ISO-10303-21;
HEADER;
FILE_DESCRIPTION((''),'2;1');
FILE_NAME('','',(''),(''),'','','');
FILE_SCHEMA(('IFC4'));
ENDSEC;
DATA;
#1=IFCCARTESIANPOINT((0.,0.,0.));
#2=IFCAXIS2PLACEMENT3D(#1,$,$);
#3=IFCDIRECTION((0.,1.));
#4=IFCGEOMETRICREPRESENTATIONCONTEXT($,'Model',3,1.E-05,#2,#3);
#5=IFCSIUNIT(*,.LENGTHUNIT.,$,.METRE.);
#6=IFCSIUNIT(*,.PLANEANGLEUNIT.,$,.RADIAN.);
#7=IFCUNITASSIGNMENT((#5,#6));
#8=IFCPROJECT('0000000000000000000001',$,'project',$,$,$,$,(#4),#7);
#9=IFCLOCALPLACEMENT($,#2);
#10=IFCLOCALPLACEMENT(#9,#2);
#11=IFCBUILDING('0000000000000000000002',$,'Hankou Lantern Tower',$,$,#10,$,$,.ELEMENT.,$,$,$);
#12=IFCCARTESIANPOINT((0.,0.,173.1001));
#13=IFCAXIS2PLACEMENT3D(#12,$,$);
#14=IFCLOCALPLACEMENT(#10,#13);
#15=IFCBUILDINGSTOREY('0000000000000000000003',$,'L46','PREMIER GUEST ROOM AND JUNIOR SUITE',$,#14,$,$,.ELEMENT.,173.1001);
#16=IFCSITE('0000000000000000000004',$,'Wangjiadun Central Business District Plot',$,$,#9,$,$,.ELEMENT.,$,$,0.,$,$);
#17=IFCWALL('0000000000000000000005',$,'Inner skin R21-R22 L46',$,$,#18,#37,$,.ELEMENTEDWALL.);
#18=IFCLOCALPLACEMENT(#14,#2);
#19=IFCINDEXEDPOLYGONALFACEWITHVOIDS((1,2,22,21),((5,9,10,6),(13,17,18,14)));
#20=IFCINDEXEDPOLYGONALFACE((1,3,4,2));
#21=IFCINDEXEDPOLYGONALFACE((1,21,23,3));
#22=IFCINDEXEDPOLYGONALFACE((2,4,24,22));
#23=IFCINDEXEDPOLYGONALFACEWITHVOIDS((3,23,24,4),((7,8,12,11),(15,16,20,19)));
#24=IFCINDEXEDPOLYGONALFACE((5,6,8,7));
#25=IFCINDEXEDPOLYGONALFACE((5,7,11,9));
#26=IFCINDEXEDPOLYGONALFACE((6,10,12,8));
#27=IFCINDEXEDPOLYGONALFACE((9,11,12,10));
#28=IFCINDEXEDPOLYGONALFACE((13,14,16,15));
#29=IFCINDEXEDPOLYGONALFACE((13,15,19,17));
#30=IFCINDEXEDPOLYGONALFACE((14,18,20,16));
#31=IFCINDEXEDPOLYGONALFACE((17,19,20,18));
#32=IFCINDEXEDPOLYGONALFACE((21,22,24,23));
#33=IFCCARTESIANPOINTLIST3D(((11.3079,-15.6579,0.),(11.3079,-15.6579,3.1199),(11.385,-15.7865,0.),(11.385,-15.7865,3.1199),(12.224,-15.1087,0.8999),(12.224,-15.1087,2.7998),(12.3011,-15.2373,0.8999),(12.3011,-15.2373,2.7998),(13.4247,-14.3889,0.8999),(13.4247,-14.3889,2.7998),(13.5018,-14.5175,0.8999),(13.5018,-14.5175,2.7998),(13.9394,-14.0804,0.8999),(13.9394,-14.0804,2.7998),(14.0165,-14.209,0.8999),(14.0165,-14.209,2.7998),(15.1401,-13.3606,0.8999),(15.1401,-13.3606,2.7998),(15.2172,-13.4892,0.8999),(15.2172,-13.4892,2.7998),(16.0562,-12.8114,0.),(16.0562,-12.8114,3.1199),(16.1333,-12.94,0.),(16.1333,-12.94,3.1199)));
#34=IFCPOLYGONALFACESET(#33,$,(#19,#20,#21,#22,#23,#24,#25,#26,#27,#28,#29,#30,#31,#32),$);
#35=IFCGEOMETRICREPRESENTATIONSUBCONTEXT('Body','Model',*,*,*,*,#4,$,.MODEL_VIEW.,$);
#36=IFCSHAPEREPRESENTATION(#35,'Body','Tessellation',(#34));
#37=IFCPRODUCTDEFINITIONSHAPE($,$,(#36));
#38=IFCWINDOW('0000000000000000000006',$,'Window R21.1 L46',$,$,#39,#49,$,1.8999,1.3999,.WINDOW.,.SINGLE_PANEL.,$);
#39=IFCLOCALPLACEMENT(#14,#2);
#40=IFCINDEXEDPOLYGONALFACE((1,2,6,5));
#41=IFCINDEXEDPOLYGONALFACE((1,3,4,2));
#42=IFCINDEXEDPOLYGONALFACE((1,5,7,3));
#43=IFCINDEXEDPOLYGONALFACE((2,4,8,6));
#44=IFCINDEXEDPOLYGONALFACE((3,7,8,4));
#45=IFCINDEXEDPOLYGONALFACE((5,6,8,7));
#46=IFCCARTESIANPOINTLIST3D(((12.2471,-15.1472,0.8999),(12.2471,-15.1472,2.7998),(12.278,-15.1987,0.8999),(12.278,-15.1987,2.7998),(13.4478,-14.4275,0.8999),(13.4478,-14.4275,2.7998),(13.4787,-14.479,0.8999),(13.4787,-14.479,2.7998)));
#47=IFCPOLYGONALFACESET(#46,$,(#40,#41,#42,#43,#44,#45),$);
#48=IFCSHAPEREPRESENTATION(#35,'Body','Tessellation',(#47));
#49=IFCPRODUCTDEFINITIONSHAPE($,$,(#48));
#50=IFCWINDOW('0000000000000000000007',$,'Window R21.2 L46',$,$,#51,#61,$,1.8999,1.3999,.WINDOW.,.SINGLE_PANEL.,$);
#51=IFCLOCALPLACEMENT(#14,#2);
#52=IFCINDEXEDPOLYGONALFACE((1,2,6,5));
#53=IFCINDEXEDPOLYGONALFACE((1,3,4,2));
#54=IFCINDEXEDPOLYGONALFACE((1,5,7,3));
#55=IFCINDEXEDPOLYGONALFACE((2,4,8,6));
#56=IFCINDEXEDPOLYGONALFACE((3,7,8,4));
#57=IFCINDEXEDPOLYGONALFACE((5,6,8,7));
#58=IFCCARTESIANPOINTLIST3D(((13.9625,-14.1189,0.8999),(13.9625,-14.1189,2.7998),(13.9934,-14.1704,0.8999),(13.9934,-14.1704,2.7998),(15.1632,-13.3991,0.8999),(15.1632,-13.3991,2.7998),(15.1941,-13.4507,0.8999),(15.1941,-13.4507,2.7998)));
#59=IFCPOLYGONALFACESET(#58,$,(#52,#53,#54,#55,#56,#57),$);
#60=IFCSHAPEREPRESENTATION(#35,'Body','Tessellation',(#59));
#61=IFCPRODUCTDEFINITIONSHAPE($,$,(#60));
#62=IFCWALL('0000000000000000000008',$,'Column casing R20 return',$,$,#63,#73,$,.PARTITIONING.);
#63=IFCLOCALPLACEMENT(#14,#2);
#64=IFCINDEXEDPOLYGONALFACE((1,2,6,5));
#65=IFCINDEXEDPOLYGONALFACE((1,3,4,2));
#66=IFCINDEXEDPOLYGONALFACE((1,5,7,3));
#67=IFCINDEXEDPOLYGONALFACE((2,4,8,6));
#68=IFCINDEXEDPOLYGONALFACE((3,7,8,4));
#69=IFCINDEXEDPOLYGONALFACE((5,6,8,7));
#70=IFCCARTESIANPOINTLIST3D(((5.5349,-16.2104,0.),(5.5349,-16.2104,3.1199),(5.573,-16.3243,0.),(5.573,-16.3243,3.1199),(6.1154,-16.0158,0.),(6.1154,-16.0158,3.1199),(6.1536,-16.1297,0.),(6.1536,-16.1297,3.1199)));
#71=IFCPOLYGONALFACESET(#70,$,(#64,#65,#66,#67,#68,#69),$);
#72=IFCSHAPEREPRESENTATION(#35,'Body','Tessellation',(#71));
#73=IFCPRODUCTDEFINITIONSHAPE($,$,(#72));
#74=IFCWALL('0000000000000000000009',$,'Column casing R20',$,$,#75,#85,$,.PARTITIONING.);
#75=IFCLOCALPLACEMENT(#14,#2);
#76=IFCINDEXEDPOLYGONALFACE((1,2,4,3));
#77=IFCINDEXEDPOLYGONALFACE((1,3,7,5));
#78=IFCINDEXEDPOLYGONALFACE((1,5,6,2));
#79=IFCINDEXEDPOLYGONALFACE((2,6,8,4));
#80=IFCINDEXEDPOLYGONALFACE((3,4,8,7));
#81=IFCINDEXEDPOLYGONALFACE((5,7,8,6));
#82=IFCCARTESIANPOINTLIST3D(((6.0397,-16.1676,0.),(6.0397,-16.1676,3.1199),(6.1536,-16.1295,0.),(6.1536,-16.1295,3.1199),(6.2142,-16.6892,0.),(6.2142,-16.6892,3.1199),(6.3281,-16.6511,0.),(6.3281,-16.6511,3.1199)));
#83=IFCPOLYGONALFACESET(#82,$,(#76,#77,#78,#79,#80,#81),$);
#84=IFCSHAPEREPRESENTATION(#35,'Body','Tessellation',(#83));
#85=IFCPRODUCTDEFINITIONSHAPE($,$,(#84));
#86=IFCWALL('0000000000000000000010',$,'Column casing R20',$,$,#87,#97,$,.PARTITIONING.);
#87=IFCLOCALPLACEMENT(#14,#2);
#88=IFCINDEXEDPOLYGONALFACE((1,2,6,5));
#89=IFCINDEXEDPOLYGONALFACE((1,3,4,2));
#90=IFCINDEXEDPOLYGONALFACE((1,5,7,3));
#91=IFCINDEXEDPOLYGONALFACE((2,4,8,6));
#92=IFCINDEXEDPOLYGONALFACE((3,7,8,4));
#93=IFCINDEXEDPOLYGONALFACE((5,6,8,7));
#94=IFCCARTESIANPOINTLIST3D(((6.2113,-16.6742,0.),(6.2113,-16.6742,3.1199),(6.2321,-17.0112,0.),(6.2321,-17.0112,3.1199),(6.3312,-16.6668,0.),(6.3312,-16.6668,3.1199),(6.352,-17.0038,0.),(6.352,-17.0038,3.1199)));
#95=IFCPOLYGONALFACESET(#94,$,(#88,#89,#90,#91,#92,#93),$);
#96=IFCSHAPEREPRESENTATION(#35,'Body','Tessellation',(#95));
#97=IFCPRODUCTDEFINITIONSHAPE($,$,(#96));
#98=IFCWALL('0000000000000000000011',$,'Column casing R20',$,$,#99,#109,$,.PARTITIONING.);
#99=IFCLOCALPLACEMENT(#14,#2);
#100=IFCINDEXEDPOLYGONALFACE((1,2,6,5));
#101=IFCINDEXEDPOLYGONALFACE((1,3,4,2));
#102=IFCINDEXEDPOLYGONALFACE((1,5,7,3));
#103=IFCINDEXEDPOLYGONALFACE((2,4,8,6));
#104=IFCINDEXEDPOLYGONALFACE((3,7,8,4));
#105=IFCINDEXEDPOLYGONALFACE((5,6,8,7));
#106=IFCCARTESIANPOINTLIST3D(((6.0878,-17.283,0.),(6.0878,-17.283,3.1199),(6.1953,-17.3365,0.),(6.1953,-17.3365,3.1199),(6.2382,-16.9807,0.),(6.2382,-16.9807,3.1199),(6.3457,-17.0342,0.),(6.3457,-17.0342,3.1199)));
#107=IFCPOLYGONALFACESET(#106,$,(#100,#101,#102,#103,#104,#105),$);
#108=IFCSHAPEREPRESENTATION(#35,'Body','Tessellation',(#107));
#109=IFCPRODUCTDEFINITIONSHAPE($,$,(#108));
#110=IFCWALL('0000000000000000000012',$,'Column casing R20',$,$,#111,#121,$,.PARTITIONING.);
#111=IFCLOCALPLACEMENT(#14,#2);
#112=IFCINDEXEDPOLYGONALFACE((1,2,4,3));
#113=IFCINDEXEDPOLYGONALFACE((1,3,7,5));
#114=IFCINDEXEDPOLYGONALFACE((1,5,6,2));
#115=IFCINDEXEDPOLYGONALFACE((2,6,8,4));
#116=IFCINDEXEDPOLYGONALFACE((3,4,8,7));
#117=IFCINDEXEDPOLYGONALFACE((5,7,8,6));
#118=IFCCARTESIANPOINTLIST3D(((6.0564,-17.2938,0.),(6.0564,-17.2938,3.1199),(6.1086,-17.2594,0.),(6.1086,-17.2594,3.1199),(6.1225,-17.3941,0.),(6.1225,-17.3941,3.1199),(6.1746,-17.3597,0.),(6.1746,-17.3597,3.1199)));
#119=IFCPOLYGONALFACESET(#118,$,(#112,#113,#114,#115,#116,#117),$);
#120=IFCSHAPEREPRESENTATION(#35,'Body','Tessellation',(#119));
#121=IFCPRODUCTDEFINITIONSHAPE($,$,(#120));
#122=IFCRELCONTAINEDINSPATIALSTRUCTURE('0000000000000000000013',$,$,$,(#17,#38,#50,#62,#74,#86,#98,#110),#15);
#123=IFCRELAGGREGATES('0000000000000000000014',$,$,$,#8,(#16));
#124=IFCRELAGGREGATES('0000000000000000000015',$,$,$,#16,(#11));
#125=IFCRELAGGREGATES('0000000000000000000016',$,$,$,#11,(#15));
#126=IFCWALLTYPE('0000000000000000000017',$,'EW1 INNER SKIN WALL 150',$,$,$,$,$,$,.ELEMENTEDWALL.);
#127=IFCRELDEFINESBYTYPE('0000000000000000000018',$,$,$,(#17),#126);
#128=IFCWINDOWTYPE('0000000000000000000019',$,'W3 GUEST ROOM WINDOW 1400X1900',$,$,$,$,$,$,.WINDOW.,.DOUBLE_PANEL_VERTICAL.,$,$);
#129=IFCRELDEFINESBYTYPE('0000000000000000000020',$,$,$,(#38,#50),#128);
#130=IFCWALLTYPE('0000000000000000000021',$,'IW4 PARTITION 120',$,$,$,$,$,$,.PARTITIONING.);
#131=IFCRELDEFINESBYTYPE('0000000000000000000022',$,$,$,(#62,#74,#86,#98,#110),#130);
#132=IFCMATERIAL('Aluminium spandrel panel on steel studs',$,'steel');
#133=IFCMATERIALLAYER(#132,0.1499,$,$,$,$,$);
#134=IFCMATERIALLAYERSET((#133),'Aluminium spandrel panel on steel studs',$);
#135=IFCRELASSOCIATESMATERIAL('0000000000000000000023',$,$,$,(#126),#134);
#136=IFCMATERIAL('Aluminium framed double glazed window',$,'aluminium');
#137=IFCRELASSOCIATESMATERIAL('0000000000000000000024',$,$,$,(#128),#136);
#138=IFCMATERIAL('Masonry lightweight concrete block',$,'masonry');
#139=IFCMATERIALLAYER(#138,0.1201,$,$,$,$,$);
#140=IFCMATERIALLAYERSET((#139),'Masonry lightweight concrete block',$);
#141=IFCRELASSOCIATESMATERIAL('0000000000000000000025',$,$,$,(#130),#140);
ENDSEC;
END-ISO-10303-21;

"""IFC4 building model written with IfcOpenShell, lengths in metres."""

from ifc_helpers import new_model, si_unit, direction, frame, frame_2d, origin, place, context, subcontext, project, spatial, rectangle, extrude, material, layer, layer_set, type_object, element, fill, save


model = new_model("IFC4")

# Units and contexts
model_context = context("Model", 3, precision=1e-05, world=origin(), true_north=direction((0.0, 1.0)))
body_context = subcontext(model_context, "Body", "Model", "MODEL_VIEW")
ifc_project = project(units=[si_unit("LENGTHUNIT", "METRE"), si_unit("PLANEANGLEUNIT", "RADIAN")], contexts=[model_context])

# Site, building, storey
site_placement = place(None, origin())
site = spatial("IfcSite", under=ifc_project, at=site_placement, Name="Wangjiadun Central Business District Plot", CompositionType="ELEMENT", RefElevation=0.0)
building_placement = place(site_placement, origin())
building = spatial("IfcBuilding", under=site, at=building_placement, Name="Hankou Lantern Tower", CompositionType="ELEMENT")
storey_placement = place(building_placement, frame((0.0, 0.0, 173.1001)))
storey = spatial("IfcBuildingStorey", under=building, at=storey_placement, Name="L46", Description="PREMIER GUEST ROOM AND JUNIOR SUITE", CompositionType="ELEMENT", Elevation=173.1001)

# Wall, openings, windows
ifc_material_1 = material(Name="Aluminium spandrel panel on steel studs", Category="steel")
ifc_layer_1 = layer(ifc_material_1, 0.1499)
ifc_layer_set_1 = layer_set([ifc_layer_1], Name="Aluminium spandrel panel on steel studs")
wall_type_1 = type_object("IfcWallType", Name="EW1 INNER SKIN WALL 150", PredefinedType="ELEMENTEDWALL", material=ifc_layer_set_1)
ifc_material_2 = material(Name="Aluminium framed double glazed window", Category="aluminium")
window_type = type_object("IfcWindowType", Name="W3 GUEST ROOM WINDOW 1400X1900", PartitioningType="DOUBLE_PANEL_VERTICAL", PredefinedType="WINDOW", material=ifc_material_2)
wall_1_placement = place(storey_placement, frame((11.3464, -15.7222, 0.0), z_axis=(0.0, 0.0, 1.0), x_axis=(0.857695, 0.514158, 0.0)))
wall_1 = element("IfcWall", 1, at=wall_1_placement, inside=storey, type_object=wall_type_1, Name="Inner skin R21-R22 L46", PredefinedType="ELEMENTEDWALL", context=body_context, shape_type="SweptSolid", body=[
    extrude(rectangle(XDim=5.5361, YDim=0.1499, at=frame_2d((2.7681, 0.0))), origin(), (0.0, 0.0, 1.0), 3.1199),
])
opening_1_placement = place(wall_1_placement, frame((1.0681, 0.0, 0.8999)))
opening_1 = element("IfcOpeningElement", 2, at=opening_1_placement, cuts=wall_1, PredefinedType="OPENING", context=body_context, shape_type="SweptSolid", body=[
    extrude(rectangle(XDim=1.3999, YDim=1.8999, at=frame_2d((0.7, 0.95))), frame((0.0, 0.085, 0.0), z_axis=(0.0, -1.0, 0.0), x_axis=(1.0, 0.0, 0.0)), (0.0, 0.0, 1.0), 0.1699),
])
opening_2_placement = place(wall_1_placement, frame((3.0681, 0.0, 0.8999)))
opening_2 = element("IfcOpeningElement", 3, at=opening_2_placement, cuts=wall_1, PredefinedType="OPENING", context=body_context, shape_type="SweptSolid", body=[
    extrude(rectangle(XDim=1.3999, YDim=1.8999, at=frame_2d((0.7, 0.95))), frame((0.0, 0.085, 0.0), z_axis=(0.0, -1.0, 0.0), x_axis=(1.0, 0.0, 0.0)), (0.0, 0.0, 1.0), 0.1699),
])
window_1_placement = place(opening_1_placement, origin())
window_1 = element("IfcWindow", 4, at=window_1_placement, inside=storey, type_object=window_type, Name="Window R21.1 L46", OverallHeight=1.8999, OverallWidth=1.3999, PartitioningType="SINGLE_PANEL", PredefinedType="WINDOW", context=body_context, shape_type="SweptSolid", body=[
    extrude(rectangle(XDim=1.3999, YDim=1.8999, at=frame_2d((0.7, 0.95))), frame((0.0, 0.03, 0.0), z_axis=(0.0, -1.0, 0.0), x_axis=(1.0, 0.0, 0.0)), (0.0, 0.0, 1.0), 0.0601),
])
fill(opening_1, window_1)
window_2_placement = place(opening_2_placement, origin())
window_2 = element("IfcWindow", 5, at=window_2_placement, inside=storey, type_object=window_type, Name="Window R21.2 L46", OverallHeight=1.8999, OverallWidth=1.3999, PartitioningType="SINGLE_PANEL", PredefinedType="WINDOW", context=body_context, shape_type="SweptSolid", body=[
    extrude(rectangle(XDim=1.3999, YDim=1.8999, at=frame_2d((0.7, 0.95))), frame((0.0, 0.03, 0.0), z_axis=(0.0, -1.0, 0.0), x_axis=(1.0, 0.0, 0.0)), (0.0, 0.0, 1.0), 0.0601),
])
fill(opening_2, window_2)

# Walls
ifc_material_3 = material(Name="Masonry lightweight concrete block", Category="masonry")
ifc_layer_2 = layer(ifc_material_3, 0.1201)
ifc_layer_set_2 = layer_set([ifc_layer_2], Name="Masonry lightweight concrete block")
wall_type_2 = type_object("IfcWallType", Name="IW4 PARTITION 120", PredefinedType="PARTITIONING", material=ifc_layer_set_2)
wall_2_placement = place(storey_placement, frame((5.554, -16.2673, 0.0), z_axis=(0.0, 0.0, 1.0), x_axis=(0.948164, 0.317782, 0.0)))
element("IfcWall", 6, at=wall_2_placement, inside=storey, type_object=wall_type_2, Name="Column casing R20 return", PredefinedType="PARTITIONING", context=body_context, shape_type="SweptSolid", body=[
    extrude(rectangle(XDim=0.6123, YDim=0.1201, at=frame_2d((0.3062, 0.0))), origin(), (0.0, 0.0, 1.0), 3.1199),
])
wall_3_placement = place(storey_placement, frame((6.0967, -16.1487, 0.0), z_axis=(0.0, 0.0, 1.0), x_axis=(0.317293, -0.948328, 0.0)))
element("IfcWall", 7, at=wall_3_placement, inside=storey, type_object=wall_type_2, Name="Column casing R20", PredefinedType="PARTITIONING", context=body_context, shape_type="SweptSolid", body=[
    extrude(rectangle(XDim=0.55, YDim=0.1201, at=frame_2d((0.2749, 0.0))), origin(), (0.0, 0.0, 1.0), 3.1199),
])
for number, where, z_axis, x_axis, name in (
    (8, (6.2712, -16.6704, 0.0), (0.0, 0.0, 1.0), (0.061478, -0.998108, 0.0), "Column casing R20"),
    (9, (6.292, -17.0073, 0.0), (0.0, 0.0, 1.0), (-0.445477, -0.895293, 0.0), "Column casing R20"),
):
    element("IfcWall", number, at=place(storey_placement, frame(where, z_axis=z_axis, x_axis=x_axis)), inside=storey, type_object=wall_type_2, Name=name, PredefinedType="PARTITIONING", context=body_context, shape_type="SweptSolid", body=[
        extrude(rectangle(XDim=0.3376, YDim=0.1201, at=frame_2d((0.1689, 0.0))), origin(), (0.0, 0.0, 1.0), 3.1199),
    ])
wall_4_placement = place(storey_placement, frame((6.1416, -17.3096, 0.0), z_axis=(0.0, 0.0, 1.0), x_axis=(-0.83504, -0.55019, 0.0)))
element("IfcWall", 10, at=wall_4_placement, inside=storey, type_object=wall_type_2, Name="Column casing R20", PredefinedType="PARTITIONING", context=body_context, shape_type="SweptSolid", body=[
    extrude(rectangle(XDim=0.0625, YDim=0.1201, at=frame_2d((0.0312, 0.0))), origin(), (0.0, 0.0, 1.0), 3.1199),
])

save(model, "model.ifc")
